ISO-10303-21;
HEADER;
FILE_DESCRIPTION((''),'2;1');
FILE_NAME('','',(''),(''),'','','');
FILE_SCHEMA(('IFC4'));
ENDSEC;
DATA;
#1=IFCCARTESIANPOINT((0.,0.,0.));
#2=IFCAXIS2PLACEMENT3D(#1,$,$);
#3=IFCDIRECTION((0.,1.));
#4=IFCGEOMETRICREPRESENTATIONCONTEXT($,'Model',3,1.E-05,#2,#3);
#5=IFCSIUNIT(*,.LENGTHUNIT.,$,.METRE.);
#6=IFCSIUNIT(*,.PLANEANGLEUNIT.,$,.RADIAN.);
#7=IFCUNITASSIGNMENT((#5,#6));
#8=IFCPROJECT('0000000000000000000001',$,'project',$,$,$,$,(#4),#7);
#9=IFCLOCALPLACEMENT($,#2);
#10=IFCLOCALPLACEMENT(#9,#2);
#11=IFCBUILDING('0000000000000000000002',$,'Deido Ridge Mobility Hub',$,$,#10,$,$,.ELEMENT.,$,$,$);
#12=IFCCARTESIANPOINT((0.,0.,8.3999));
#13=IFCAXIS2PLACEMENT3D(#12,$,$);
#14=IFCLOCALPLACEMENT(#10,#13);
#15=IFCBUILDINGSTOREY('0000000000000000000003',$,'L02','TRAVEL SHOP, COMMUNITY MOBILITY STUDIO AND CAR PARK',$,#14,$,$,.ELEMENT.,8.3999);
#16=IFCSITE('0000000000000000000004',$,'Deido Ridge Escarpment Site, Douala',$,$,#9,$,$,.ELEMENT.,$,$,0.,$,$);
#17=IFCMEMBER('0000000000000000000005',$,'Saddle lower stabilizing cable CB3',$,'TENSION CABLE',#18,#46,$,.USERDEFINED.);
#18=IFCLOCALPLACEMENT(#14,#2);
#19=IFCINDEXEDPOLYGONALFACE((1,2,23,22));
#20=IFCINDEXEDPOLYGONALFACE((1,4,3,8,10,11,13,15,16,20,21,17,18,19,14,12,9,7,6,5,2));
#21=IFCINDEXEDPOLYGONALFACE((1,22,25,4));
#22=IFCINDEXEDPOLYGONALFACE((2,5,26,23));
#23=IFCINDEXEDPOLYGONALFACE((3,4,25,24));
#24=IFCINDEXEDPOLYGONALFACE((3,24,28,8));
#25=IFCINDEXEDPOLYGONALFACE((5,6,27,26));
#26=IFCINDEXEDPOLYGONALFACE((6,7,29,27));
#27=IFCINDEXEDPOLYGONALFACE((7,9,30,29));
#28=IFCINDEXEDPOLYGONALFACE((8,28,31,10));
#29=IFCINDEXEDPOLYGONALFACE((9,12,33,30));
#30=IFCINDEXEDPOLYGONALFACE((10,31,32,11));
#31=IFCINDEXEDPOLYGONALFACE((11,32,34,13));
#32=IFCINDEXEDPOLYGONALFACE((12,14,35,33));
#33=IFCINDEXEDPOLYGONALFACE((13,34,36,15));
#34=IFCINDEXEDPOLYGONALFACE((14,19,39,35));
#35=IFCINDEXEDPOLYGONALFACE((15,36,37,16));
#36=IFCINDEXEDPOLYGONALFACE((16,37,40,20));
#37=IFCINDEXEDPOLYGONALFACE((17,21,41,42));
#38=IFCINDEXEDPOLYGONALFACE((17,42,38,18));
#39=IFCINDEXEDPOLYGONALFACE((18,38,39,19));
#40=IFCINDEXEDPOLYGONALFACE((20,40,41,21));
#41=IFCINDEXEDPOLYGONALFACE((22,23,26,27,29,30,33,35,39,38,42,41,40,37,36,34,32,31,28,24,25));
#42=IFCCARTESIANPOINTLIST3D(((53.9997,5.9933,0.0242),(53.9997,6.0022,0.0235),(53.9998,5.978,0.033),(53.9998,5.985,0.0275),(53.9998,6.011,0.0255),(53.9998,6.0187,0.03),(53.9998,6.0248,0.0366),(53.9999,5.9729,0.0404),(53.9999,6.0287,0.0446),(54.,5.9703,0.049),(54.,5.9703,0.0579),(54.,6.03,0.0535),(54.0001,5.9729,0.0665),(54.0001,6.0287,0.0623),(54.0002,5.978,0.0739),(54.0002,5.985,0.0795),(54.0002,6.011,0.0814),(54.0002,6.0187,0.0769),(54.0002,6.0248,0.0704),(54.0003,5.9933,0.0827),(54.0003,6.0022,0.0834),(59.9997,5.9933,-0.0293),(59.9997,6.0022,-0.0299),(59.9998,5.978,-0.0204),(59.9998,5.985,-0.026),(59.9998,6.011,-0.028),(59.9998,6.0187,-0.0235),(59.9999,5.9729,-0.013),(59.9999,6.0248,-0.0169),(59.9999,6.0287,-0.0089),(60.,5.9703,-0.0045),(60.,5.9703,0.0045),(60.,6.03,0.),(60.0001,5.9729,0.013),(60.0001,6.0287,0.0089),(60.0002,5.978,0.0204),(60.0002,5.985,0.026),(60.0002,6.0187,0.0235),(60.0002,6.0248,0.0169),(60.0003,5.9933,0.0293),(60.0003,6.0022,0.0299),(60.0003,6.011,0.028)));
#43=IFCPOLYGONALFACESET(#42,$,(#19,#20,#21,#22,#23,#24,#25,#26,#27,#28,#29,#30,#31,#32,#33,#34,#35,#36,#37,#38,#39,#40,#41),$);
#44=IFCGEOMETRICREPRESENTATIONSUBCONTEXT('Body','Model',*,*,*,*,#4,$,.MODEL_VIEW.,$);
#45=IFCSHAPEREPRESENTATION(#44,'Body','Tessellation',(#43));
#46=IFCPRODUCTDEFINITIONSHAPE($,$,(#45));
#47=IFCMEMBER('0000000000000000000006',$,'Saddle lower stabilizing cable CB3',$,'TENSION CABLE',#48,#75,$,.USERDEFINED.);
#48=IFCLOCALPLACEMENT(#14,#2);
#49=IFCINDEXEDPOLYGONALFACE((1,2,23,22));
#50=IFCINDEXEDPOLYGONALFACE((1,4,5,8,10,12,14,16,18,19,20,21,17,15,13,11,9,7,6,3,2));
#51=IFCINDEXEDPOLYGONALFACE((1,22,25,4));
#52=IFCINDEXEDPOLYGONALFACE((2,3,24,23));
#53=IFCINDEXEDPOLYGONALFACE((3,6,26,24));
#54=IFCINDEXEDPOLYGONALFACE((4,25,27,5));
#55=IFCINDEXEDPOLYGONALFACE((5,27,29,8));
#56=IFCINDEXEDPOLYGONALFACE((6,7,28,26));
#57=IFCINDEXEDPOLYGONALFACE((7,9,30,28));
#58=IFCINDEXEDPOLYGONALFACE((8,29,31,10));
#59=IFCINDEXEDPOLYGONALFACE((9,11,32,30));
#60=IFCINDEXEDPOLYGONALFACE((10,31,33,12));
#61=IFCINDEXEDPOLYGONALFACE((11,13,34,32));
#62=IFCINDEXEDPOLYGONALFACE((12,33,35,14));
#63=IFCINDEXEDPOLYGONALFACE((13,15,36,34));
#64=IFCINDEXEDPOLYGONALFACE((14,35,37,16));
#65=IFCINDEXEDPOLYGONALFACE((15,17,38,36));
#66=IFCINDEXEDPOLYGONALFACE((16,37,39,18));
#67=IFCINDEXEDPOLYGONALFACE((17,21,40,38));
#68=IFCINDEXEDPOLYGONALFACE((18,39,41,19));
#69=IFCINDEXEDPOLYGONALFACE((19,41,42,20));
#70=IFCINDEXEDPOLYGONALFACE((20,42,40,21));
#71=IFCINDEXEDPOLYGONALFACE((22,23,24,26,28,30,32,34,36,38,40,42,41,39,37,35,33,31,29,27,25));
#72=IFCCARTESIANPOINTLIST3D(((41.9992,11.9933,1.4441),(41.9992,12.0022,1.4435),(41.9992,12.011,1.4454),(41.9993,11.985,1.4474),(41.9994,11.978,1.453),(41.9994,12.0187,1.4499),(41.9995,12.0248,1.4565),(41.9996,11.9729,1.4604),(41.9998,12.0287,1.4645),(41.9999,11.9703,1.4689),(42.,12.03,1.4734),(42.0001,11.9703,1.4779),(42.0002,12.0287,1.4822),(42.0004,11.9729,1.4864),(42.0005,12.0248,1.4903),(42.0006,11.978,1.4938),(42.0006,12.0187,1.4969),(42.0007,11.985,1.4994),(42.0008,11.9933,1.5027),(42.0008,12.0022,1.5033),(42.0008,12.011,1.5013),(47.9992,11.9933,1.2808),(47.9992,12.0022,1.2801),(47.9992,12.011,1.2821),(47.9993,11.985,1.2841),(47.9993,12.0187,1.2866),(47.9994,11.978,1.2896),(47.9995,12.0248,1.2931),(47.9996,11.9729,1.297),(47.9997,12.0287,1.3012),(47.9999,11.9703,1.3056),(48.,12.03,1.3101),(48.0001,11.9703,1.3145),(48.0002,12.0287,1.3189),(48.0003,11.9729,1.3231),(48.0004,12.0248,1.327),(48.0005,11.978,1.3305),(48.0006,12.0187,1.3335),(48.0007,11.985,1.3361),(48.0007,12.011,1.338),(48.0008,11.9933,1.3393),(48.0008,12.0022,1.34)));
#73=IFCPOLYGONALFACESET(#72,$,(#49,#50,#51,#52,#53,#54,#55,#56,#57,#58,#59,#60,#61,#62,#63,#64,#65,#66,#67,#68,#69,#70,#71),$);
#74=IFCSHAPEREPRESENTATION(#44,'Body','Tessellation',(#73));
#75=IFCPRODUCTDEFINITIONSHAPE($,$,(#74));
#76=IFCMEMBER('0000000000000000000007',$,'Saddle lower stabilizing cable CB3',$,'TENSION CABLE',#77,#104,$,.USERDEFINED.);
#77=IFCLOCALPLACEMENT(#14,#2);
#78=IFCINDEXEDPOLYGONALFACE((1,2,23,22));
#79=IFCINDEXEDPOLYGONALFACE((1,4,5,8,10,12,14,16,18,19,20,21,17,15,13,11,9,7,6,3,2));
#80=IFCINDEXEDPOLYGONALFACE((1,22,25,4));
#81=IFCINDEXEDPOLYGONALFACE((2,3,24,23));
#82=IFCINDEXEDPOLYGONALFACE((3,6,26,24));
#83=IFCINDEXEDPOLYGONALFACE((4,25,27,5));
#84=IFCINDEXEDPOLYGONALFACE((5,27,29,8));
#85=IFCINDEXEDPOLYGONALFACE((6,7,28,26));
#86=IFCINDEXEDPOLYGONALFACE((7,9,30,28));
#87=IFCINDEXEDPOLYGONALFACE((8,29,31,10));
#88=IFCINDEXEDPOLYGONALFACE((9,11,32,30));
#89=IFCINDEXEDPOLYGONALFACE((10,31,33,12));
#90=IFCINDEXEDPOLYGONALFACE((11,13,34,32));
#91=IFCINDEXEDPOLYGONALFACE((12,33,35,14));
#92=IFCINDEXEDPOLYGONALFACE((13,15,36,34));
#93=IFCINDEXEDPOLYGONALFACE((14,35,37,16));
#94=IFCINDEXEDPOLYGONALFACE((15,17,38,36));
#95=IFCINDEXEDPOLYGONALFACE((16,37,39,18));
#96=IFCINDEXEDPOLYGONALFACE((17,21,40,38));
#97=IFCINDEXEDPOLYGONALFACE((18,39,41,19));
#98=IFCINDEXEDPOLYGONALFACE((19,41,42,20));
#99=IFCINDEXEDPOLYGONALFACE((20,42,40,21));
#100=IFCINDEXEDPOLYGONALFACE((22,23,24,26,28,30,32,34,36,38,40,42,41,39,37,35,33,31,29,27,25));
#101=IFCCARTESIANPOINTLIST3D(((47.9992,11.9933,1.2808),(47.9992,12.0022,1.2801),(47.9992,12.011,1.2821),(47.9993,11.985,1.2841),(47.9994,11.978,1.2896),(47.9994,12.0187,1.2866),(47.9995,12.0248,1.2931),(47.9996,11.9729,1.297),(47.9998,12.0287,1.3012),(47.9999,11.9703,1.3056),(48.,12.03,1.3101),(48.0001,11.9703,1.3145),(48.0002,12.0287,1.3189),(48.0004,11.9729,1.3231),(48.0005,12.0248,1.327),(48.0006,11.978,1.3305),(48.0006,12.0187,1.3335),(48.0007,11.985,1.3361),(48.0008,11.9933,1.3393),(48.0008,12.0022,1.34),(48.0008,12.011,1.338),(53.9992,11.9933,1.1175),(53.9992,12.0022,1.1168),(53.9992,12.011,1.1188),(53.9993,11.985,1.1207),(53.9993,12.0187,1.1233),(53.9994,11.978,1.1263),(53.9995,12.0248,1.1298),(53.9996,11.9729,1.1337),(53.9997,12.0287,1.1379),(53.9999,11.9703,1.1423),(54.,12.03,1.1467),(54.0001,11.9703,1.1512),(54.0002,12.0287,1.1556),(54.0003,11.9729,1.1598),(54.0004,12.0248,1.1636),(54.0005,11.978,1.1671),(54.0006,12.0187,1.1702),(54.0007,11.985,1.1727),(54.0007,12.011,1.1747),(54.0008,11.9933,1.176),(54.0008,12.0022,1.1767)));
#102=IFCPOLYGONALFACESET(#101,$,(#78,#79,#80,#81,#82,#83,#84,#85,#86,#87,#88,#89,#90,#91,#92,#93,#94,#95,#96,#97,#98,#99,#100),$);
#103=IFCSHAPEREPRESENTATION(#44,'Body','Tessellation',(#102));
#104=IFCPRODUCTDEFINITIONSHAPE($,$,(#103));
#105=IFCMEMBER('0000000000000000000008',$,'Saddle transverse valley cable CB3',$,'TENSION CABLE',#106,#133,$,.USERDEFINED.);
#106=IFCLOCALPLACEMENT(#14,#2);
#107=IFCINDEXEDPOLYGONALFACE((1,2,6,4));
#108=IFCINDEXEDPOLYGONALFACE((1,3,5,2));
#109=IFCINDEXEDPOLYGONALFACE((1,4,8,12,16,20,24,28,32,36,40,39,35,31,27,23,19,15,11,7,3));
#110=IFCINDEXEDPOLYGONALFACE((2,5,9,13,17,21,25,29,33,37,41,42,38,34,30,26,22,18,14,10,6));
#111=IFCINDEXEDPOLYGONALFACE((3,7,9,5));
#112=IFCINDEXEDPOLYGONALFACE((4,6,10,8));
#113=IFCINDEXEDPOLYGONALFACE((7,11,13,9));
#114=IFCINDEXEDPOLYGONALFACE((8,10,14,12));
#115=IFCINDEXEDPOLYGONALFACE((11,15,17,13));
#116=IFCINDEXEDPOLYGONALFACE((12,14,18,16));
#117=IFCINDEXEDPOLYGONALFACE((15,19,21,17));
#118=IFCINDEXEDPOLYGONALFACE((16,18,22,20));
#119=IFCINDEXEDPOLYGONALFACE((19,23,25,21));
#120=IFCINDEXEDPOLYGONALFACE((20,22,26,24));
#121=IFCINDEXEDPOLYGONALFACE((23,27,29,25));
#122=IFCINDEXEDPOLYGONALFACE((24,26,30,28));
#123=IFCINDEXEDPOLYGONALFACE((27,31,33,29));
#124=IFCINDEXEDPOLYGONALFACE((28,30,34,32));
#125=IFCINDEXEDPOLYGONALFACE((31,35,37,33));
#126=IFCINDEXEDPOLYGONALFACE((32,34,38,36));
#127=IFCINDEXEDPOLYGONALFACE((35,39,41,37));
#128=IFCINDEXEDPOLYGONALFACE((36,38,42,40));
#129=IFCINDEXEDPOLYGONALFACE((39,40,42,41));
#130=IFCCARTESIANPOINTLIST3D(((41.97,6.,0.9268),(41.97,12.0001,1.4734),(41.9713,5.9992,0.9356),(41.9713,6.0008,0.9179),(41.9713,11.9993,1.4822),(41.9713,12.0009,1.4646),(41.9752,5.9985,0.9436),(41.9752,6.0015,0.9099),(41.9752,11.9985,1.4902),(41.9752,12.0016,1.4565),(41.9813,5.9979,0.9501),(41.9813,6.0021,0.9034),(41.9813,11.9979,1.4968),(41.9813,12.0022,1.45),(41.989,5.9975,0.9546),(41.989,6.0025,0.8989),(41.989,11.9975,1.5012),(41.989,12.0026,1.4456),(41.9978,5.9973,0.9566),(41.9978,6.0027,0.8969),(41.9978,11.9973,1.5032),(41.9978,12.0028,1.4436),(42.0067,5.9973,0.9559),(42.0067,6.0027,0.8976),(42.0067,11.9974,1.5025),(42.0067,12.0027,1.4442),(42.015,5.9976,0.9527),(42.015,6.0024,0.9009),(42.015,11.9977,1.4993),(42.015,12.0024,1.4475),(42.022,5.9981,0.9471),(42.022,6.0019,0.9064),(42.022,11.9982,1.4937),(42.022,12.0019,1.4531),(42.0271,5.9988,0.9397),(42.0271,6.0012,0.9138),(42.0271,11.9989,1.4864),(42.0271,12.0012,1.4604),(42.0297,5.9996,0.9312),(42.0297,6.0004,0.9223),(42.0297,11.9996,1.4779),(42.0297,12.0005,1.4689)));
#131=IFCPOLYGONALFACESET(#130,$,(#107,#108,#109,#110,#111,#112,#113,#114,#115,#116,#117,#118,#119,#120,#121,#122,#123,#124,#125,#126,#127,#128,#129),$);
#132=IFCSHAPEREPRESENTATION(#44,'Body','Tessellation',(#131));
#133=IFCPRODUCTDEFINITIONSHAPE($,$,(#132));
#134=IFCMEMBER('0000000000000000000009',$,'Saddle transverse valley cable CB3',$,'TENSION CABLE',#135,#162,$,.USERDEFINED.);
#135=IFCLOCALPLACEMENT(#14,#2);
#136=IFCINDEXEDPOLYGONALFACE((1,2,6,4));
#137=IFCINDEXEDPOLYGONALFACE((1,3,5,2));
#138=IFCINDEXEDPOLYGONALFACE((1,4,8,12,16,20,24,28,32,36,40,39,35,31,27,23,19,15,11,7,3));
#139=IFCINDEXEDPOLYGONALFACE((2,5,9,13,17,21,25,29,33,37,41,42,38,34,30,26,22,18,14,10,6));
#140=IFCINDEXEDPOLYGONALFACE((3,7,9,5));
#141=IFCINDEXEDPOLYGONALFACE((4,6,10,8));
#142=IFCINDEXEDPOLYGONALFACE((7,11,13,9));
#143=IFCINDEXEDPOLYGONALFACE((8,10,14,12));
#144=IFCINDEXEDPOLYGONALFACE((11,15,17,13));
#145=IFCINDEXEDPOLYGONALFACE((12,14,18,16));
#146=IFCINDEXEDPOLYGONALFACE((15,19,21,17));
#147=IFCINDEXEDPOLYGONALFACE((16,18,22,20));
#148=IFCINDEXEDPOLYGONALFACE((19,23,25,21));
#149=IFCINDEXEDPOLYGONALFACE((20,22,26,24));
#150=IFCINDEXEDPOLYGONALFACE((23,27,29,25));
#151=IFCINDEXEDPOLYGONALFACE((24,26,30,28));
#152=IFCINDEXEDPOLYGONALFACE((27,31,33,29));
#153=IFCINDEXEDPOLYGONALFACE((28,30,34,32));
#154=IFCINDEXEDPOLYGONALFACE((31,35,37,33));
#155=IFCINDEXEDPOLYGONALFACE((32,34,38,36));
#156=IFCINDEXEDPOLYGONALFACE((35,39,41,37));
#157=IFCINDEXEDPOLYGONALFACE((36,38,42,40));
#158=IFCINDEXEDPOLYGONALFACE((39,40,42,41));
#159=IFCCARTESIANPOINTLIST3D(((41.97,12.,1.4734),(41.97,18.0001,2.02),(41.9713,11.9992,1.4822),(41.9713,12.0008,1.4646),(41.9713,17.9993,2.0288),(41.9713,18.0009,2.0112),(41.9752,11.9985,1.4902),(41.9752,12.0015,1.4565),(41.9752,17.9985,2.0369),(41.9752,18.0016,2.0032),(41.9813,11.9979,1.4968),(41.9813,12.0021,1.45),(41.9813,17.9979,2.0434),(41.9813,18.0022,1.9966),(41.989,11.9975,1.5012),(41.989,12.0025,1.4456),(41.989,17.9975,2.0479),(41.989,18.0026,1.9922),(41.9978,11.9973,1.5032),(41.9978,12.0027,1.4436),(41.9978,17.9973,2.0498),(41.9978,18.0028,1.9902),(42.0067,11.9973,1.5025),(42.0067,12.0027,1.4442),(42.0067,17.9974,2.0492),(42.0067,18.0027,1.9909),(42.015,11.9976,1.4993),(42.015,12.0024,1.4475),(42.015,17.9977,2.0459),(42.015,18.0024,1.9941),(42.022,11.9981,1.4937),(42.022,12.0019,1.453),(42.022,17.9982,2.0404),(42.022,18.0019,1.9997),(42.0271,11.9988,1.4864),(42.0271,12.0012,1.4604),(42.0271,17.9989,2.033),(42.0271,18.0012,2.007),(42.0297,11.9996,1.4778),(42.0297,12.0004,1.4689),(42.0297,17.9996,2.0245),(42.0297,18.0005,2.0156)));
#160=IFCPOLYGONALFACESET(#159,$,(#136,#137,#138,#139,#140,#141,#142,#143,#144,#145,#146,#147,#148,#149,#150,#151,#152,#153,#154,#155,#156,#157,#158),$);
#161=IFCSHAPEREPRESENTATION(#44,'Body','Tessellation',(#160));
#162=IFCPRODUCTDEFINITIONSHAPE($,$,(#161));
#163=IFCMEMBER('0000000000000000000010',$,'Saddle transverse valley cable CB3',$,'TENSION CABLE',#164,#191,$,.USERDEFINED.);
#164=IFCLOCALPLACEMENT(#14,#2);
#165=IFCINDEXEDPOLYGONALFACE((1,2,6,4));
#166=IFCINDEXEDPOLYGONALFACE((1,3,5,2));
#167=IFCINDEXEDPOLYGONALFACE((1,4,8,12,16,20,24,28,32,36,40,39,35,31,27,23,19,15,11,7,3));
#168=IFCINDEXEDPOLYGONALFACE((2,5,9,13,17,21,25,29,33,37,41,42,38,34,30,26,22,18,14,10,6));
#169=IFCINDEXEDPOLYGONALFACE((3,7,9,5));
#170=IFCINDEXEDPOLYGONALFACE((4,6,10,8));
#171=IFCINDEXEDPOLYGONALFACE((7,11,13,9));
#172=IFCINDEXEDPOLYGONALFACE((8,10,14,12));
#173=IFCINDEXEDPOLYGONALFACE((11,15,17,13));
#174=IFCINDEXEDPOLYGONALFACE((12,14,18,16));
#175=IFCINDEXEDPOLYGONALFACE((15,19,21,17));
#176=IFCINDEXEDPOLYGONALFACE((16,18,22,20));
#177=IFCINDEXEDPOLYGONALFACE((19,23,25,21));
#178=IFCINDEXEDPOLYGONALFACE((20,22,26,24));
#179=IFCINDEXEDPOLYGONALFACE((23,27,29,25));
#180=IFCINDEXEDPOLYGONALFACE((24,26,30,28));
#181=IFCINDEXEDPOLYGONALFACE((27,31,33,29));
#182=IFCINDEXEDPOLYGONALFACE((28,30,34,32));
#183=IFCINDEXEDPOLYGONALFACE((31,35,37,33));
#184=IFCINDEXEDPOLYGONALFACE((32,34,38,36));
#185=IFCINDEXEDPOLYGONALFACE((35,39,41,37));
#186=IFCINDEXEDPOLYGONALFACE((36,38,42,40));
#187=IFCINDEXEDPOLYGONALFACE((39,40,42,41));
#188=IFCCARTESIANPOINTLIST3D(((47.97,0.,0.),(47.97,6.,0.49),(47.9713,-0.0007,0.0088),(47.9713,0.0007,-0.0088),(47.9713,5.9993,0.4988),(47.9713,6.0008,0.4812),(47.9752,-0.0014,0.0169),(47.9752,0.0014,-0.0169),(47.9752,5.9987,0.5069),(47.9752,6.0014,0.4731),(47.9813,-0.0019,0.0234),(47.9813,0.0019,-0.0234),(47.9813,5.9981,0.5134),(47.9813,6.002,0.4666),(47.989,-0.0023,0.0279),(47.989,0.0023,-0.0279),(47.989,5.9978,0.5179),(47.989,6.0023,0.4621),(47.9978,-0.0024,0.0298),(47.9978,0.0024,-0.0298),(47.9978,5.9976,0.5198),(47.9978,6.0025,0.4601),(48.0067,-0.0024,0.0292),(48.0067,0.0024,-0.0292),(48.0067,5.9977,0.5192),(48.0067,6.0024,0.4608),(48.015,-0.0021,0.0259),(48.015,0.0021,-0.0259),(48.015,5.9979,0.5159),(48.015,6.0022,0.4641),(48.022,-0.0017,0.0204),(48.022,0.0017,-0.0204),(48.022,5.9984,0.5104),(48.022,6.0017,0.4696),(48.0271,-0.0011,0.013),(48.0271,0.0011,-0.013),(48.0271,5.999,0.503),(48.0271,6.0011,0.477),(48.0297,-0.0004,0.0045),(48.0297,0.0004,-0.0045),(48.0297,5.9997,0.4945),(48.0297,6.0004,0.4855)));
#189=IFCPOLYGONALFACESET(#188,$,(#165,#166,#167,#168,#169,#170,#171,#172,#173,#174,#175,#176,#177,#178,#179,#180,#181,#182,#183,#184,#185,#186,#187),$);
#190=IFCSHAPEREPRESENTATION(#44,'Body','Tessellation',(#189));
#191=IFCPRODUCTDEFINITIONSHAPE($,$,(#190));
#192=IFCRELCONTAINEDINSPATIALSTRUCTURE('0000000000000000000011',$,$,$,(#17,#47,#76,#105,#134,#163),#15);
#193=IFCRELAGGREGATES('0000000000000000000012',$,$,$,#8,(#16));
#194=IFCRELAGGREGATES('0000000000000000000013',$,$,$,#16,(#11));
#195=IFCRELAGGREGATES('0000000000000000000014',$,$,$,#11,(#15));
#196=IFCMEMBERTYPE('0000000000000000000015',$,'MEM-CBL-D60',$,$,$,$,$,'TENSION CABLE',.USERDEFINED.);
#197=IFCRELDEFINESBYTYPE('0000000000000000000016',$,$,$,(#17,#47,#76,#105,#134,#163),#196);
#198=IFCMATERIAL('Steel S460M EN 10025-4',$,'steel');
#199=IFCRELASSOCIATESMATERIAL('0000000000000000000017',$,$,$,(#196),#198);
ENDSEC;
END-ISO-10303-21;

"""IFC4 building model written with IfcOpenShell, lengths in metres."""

from ifc_helpers import new_model, si_unit, direction, frame, origin, origin_2d, place, context, subcontext, project, spatial, circle, extrude, material, material_profile, profile_set, type_object, element, save


model = new_model("IFC4")

# Units and contexts
model_context = context("Model", 3, precision=1e-05, world=origin(), true_north=direction((0.0, 1.0)))
body_context = subcontext(model_context, "Body", "Model", "MODEL_VIEW")
ifc_project = project(units=[si_unit("LENGTHUNIT", "METRE"), si_unit("PLANEANGLEUNIT", "RADIAN")], contexts=[model_context])

# Site, building, storey
site_placement = place(None, origin())
site = spatial("IfcSite", under=ifc_project, at=site_placement, Name="Deido Ridge Escarpment Site, Douala", CompositionType="ELEMENT", RefElevation=0.0)
building_placement = place(site_placement, origin())
building = spatial("IfcBuilding", under=site, at=building_placement, Name="Deido Ridge Mobility Hub", CompositionType="ELEMENT")
storey_placement = place(building_placement, frame((0.0, 0.0, 8.3999)))
storey = spatial("IfcBuildingStorey", under=building, at=storey_placement, Name="L02", Description="TRAVEL SHOP, COMMUNITY MOBILITY STUDIO AND CAR PARK", CompositionType="ELEMENT", Elevation=8.3999)

# Members
ifc_material_1 = material(Name="Steel S460M EN 10025-4", Category="steel")
ifc_material_profile_1 = material_profile(ifc_material_1, circle(Radius=0.03, at=origin_2d()), Name="CABLE D60")
ifc_profile_set_1 = profile_set([ifc_material_profile_1], Name="Steel S460M EN 10025-4")
member_type_1 = type_object("IfcMemberType", Name="MEM-CBL-D60", ElementType="TENSION CABLE", PredefinedType="USERDEFINED", material=ifc_profile_set_1)
member_1_placement = place(storey_placement, frame((54.0, 6.0, 0.0535), z_axis=(0.99996, 0.0, -0.008911), x_axis=(0.0, 1.0, 0.0)))
element("IfcMember", 1, at=member_1_placement, inside=storey, type_object=member_type_1, Name="Saddle lower stabilizing cable CB3", ObjectType="TENSION CABLE", PredefinedType="USERDEFINED", context=body_context, shape_type="SweptSolid", body=[
    extrude(circle(Radius=0.03, at=origin_2d()), origin(), (0.0, 0.0, 1.0), 6.0002),
])
for number, where, z_axis, x_axis, name in (
    (2, (42.0, 12.0, 1.4734), (0.99963, 0.0, -0.027212), (0.0, 1.0, 0.0), "Saddle lower stabilizing cable CB3"),
    (3, (48.0, 12.0, 1.3101), (0.99963, 0.0, -0.027212), (0.0, 1.0, 0.0), "Saddle lower stabilizing cable CB3"),
):
    element("IfcMember", number, at=place(storey_placement, frame(where, z_axis=z_axis, x_axis=x_axis)), inside=storey, type_object=member_type_1, Name=name, ObjectType="TENSION CABLE", PredefinedType="USERDEFINED", context=body_context, shape_type="SweptSolid", body=[
        extrude(circle(Radius=0.03, at=origin_2d()), origin(), (0.0, 0.0, 1.0), 6.0022),
    ])
for number, where, z_axis, x_axis, name in (
    (4, (42.0, 6.0, 0.9268), (0.0, 0.995876, 0.090729), (-1.0, 0.0, 0.0), "Saddle transverse valley cable CB3"),
    (5, (42.0, 12.0, 1.4734), (0.0, 0.995876, 0.090729), (-1.0, 0.0, 0.0), "Saddle transverse valley cable CB3"),
):
    element("IfcMember", number, at=place(storey_placement, frame(where, z_axis=z_axis, x_axis=x_axis)), inside=storey, type_object=member_type_1, Name=name, ObjectType="TENSION CABLE", PredefinedType="USERDEFINED", context=body_context, shape_type="SweptSolid", body=[
        extrude(circle(Radius=0.03, at=origin_2d()), origin(), (0.0, 0.0, 1.0), 6.0249),
    ])
member_2_placement = place(storey_placement, frame((48.0, 0.0, 0.0), z_axis=(0.0, 0.996682, 0.081394), x_axis=(-1.0, 0.0, 0.0)))
element("IfcMember", 6, at=member_2_placement, inside=storey, type_object=member_type_1, Name="Saddle transverse valley cable CB3", ObjectType="TENSION CABLE", PredefinedType="USERDEFINED", context=body_context, shape_type="SweptSolid", body=[
    extrude(circle(Radius=0.03, at=origin_2d()), origin(), (0.0, 0.0, 1.0), 6.02),
])

save(model, "model.ifc")
